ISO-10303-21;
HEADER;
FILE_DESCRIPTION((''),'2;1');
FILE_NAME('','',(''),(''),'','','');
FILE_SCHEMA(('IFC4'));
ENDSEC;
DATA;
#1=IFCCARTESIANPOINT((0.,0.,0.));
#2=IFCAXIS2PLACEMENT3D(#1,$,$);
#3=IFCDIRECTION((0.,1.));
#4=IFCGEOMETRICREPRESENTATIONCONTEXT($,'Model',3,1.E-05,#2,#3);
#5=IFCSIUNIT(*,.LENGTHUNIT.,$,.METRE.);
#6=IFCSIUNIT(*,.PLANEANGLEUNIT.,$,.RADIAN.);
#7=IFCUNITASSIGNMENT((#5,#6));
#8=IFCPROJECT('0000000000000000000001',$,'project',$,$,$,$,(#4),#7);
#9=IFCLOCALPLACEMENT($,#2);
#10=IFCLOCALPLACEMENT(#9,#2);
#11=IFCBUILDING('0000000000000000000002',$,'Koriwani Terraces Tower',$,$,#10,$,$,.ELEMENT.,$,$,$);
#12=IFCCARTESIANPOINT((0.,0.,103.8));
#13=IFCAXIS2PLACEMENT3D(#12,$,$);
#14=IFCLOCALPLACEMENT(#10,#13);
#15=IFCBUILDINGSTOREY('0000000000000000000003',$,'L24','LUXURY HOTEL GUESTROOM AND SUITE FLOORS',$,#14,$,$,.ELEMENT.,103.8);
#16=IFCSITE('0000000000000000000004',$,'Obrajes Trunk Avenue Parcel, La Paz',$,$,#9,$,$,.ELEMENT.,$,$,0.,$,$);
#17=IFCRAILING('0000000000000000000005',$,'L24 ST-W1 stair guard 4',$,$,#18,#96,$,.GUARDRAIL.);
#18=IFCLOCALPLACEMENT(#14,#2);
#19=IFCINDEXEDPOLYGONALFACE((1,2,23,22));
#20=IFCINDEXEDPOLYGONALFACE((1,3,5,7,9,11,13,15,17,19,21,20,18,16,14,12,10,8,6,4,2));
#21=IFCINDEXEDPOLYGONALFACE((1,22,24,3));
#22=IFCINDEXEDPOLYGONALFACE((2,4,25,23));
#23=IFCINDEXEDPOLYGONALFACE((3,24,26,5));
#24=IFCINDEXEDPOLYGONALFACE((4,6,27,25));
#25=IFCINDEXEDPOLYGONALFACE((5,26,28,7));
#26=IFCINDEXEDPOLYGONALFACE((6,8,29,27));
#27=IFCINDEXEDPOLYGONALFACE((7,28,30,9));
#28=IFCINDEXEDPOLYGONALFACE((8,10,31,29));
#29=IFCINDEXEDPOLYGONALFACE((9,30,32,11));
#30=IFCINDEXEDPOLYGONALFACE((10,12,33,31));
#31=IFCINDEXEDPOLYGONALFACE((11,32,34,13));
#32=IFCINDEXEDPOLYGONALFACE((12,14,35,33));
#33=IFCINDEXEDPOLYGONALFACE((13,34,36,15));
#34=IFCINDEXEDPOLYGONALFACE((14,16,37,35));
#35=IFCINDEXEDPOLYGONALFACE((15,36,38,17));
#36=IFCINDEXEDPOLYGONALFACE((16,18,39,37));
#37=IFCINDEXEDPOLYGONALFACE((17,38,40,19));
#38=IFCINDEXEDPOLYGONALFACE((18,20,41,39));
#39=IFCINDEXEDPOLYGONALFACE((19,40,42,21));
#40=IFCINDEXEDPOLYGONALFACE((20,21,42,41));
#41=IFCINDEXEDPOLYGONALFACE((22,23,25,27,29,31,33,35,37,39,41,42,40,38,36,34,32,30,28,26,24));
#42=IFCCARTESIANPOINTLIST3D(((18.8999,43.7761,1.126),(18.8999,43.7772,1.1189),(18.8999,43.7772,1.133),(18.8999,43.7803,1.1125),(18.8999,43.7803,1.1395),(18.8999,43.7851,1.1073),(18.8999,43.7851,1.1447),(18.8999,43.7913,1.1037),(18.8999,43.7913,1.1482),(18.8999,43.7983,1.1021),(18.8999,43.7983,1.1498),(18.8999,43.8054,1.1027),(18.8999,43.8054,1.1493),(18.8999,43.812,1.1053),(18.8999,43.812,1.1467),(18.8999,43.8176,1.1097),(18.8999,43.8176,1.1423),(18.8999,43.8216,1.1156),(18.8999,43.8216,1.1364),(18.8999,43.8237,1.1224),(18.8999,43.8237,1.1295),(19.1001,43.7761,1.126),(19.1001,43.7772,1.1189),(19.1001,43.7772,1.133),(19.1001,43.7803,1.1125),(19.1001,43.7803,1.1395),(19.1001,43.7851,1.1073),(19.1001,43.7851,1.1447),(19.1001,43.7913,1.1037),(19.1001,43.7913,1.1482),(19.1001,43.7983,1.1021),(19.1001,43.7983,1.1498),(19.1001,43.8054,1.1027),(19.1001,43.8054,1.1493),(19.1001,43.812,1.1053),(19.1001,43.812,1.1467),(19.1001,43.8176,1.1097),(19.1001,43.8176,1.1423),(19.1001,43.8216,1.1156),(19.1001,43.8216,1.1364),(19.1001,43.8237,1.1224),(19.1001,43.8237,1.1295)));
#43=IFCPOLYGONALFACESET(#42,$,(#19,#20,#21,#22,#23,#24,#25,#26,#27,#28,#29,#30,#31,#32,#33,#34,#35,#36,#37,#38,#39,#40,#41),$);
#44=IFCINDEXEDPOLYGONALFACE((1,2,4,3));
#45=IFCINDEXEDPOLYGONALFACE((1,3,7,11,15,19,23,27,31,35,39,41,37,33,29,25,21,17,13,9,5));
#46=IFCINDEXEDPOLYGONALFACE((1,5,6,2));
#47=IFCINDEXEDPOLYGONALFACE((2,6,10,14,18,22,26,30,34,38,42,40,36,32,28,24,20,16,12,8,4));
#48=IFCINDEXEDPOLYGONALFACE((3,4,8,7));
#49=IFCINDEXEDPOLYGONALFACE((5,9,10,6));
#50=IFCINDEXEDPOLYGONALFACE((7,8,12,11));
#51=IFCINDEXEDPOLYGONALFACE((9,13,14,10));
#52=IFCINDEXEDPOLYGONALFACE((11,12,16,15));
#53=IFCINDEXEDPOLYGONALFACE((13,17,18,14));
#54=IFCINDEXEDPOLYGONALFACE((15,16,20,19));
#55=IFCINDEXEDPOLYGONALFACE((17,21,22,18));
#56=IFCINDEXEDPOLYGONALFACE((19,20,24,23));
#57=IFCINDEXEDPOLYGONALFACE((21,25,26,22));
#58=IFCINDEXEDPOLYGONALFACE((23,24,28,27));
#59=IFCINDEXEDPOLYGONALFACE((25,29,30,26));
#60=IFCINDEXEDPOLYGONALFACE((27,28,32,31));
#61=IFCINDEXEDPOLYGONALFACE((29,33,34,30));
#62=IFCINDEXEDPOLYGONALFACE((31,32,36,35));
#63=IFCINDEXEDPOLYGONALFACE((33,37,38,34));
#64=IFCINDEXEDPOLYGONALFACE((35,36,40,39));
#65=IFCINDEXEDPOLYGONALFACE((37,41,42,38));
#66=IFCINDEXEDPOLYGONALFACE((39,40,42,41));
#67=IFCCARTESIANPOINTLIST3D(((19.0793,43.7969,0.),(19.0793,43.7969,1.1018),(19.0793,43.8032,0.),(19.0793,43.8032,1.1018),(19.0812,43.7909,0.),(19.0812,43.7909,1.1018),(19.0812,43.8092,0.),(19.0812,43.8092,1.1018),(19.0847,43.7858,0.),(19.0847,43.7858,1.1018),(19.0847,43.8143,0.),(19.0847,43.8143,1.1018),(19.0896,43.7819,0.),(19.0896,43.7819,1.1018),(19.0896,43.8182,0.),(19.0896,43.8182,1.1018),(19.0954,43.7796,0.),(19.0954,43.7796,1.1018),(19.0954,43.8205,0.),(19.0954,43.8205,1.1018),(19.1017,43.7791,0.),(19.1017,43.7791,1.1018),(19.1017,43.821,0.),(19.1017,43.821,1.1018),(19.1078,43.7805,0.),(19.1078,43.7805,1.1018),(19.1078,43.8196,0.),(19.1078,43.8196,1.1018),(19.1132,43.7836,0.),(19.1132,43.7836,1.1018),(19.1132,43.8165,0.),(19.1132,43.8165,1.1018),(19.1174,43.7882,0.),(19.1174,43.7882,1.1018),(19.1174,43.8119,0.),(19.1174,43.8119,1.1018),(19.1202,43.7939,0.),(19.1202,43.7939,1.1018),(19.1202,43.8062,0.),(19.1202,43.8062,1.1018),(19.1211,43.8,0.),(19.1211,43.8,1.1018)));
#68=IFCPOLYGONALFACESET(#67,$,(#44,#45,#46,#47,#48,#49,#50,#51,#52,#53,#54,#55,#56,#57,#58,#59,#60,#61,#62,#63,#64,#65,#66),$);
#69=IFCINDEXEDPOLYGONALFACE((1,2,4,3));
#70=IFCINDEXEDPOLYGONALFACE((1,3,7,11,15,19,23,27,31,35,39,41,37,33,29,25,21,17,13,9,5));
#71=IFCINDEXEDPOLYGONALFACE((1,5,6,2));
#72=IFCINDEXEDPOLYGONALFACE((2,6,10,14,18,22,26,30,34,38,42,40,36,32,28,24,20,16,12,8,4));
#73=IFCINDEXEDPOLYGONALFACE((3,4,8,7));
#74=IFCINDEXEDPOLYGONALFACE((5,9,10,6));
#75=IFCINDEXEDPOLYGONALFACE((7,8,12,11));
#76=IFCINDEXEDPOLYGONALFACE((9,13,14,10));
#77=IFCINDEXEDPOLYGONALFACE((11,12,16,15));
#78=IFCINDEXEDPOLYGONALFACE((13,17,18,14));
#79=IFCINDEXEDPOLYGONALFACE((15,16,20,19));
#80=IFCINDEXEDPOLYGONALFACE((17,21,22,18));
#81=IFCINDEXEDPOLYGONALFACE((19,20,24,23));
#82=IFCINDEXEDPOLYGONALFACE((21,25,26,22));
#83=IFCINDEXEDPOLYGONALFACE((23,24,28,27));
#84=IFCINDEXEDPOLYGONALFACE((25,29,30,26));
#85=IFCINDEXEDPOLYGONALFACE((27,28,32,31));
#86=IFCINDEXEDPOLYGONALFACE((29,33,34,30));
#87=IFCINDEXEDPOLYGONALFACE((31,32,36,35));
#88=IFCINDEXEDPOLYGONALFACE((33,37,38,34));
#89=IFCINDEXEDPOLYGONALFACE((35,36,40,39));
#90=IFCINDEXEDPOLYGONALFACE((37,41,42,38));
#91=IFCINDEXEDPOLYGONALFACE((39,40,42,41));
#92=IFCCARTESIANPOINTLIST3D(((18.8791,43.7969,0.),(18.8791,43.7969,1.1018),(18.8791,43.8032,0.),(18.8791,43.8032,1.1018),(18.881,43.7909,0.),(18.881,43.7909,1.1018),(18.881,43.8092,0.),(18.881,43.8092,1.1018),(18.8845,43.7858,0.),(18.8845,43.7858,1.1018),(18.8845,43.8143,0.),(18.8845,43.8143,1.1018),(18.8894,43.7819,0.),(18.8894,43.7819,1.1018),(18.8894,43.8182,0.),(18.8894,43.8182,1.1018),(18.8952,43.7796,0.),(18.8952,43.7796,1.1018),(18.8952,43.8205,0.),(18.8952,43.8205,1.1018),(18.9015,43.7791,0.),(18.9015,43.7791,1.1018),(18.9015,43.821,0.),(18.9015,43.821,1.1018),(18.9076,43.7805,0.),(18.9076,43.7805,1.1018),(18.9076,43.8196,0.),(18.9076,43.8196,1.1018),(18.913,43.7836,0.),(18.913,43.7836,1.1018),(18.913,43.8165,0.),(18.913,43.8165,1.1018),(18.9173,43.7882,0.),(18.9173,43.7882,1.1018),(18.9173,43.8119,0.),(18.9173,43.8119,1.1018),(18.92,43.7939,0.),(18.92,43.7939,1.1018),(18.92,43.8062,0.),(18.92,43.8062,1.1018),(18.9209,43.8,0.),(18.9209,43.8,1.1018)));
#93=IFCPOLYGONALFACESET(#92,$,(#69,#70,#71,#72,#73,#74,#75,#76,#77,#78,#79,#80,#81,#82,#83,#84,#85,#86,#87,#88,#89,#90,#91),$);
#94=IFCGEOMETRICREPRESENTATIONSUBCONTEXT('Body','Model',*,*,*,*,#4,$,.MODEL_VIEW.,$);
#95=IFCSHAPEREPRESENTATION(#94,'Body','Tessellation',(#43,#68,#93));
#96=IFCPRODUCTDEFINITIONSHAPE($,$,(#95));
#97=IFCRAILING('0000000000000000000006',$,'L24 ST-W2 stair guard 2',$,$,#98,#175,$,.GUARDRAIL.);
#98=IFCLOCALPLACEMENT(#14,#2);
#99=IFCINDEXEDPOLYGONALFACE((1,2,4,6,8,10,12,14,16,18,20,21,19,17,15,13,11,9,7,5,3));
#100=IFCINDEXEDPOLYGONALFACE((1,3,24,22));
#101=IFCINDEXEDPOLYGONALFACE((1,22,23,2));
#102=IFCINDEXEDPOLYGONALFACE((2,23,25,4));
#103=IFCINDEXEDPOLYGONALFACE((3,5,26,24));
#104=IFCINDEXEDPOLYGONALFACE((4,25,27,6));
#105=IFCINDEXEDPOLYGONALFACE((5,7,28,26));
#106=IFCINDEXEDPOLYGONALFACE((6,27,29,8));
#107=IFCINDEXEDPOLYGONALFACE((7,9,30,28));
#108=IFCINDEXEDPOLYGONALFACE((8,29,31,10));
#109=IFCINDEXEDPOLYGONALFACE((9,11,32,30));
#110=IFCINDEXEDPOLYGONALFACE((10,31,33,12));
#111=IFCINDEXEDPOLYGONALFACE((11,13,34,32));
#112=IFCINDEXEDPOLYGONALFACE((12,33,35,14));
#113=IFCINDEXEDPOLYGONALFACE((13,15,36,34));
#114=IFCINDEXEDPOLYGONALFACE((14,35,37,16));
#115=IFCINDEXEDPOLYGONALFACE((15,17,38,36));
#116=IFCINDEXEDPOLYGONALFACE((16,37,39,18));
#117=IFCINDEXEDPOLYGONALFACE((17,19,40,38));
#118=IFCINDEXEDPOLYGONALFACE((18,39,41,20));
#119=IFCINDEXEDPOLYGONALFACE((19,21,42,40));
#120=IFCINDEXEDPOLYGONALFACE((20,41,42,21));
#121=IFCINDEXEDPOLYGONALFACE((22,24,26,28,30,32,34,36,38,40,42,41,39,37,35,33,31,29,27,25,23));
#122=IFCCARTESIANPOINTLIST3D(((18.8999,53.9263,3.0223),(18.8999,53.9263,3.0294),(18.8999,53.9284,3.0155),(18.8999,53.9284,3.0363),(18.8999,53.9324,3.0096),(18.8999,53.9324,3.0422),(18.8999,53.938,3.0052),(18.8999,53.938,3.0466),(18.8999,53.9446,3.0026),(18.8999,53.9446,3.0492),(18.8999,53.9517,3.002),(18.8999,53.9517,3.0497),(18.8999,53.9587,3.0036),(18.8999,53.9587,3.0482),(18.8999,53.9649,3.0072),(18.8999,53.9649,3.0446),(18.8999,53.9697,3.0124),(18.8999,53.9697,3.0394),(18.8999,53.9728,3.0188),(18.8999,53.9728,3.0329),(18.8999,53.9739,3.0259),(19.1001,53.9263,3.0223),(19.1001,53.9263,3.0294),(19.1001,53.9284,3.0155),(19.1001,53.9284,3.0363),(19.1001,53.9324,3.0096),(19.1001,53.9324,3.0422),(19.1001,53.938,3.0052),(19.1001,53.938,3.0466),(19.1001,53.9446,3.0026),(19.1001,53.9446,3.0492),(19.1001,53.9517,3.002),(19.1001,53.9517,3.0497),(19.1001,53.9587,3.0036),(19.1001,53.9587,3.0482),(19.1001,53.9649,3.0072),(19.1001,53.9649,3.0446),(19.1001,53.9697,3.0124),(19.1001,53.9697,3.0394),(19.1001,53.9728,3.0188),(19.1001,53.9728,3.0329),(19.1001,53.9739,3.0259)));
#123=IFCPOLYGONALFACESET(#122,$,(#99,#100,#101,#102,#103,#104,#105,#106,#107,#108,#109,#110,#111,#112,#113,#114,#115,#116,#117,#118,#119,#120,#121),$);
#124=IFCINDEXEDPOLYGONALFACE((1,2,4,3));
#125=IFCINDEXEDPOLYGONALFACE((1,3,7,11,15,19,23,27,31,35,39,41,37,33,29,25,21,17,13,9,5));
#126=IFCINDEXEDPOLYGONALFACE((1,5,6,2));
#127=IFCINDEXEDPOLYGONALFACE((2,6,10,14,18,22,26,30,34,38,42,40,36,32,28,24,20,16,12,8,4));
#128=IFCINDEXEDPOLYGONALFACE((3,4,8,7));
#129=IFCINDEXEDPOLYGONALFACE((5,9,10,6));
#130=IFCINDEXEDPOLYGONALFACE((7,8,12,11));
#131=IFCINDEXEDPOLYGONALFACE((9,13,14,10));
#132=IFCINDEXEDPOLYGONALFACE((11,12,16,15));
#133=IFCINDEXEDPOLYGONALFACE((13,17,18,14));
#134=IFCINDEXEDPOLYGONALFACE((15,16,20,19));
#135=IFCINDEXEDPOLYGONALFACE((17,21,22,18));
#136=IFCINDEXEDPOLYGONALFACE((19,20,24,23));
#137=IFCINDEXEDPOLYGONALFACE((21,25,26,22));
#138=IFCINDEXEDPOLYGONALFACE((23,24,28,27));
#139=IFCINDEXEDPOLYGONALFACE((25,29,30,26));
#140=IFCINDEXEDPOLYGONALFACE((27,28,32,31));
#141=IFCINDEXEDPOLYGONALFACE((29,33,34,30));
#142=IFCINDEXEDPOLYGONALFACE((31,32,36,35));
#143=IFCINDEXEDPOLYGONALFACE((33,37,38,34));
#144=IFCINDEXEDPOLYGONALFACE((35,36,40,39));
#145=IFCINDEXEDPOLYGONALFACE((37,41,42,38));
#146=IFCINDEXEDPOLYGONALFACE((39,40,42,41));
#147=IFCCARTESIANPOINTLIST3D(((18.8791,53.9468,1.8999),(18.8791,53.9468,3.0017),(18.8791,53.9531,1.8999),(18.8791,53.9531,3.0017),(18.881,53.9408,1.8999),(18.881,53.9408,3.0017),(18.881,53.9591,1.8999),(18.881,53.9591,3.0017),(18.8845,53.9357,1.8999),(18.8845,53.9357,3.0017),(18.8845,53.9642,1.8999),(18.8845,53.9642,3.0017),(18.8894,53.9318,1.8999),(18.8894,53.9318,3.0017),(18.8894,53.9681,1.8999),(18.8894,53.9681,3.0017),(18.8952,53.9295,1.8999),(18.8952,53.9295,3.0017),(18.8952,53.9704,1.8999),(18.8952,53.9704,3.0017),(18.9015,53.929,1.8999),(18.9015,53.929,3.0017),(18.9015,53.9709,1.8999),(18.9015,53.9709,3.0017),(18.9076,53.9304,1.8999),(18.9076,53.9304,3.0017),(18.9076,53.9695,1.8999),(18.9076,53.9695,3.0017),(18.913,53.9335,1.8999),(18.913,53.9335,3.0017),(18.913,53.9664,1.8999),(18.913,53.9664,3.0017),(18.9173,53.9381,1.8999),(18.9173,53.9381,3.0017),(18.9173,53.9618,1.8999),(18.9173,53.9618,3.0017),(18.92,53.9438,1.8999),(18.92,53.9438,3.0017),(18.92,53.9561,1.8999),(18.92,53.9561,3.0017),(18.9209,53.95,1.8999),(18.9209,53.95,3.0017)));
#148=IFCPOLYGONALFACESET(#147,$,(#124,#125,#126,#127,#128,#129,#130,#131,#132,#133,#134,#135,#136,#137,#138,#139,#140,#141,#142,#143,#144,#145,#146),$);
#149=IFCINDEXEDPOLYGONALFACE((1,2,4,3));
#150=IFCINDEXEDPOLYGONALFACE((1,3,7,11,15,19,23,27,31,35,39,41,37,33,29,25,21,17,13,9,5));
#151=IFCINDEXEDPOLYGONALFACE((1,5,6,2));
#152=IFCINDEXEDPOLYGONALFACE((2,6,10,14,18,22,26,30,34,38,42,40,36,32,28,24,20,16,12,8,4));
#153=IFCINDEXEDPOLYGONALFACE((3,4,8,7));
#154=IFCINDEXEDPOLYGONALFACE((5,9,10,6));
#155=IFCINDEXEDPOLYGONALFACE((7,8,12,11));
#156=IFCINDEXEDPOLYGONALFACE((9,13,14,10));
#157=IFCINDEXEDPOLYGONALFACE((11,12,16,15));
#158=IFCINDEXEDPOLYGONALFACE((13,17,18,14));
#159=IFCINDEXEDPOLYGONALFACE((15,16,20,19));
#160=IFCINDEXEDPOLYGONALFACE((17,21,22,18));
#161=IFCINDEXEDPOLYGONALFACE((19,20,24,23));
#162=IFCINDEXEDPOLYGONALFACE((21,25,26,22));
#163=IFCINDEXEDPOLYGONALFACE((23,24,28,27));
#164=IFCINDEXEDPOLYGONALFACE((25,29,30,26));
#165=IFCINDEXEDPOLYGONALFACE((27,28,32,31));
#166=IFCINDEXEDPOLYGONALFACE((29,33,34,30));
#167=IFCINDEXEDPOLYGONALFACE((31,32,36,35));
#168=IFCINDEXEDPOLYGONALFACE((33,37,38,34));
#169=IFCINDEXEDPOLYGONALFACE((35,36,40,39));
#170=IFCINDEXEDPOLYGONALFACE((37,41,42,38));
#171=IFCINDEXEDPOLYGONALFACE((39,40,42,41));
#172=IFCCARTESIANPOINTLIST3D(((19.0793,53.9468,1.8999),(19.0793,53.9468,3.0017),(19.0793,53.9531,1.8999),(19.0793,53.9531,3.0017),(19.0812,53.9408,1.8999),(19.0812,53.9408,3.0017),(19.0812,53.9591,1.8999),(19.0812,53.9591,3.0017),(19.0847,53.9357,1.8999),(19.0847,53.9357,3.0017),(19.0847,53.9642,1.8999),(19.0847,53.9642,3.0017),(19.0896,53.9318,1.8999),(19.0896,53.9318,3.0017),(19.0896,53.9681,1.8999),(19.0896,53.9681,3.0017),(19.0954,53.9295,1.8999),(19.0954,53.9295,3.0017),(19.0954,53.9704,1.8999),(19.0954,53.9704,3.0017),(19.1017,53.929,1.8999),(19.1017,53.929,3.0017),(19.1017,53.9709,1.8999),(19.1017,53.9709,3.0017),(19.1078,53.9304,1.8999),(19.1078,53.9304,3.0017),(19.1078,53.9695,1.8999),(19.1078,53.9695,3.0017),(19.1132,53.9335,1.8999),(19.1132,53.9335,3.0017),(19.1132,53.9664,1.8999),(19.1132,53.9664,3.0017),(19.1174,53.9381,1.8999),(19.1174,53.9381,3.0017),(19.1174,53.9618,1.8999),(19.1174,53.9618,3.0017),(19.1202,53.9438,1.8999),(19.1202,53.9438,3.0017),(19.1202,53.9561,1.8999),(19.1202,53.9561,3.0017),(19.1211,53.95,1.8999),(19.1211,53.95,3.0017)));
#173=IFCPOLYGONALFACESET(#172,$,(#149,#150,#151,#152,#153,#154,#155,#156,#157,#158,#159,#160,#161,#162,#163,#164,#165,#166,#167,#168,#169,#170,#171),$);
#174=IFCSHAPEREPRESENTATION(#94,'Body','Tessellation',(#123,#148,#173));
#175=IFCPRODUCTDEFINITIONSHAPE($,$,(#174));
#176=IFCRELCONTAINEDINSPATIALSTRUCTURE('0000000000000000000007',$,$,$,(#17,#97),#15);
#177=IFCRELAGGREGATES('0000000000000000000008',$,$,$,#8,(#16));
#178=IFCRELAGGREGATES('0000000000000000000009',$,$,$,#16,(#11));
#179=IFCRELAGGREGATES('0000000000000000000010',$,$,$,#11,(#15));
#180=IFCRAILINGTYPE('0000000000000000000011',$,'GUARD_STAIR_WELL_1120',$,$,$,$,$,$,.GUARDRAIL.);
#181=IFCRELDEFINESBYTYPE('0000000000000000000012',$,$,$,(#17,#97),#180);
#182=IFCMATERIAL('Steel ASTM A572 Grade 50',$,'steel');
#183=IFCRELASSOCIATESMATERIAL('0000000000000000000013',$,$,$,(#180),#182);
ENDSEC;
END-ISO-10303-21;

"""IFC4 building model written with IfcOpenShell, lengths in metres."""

from ifc_helpers import new_model, si_unit, direction, frame, origin, origin_2d, place, context, subcontext, project, spatial, circle, extrude, material, type_object, element, save


model = new_model("IFC4")

# Units and contexts
model_context = context("Model", 3, precision=1e-05, world=origin(), true_north=direction((0.0, 1.0)))
body_context = subcontext(model_context, "Body", "Model", "MODEL_VIEW")
ifc_project = project(units=[si_unit("LENGTHUNIT", "METRE"), si_unit("PLANEANGLEUNIT", "RADIAN")], contexts=[model_context])

# Site, building, storey
site_placement = place(None, origin())
site = spatial("IfcSite", under=ifc_project, at=site_placement, Name="Obrajes Trunk Avenue Parcel, La Paz", CompositionType="ELEMENT", RefElevation=0.0)
building_placement = place(site_placement, origin())
building = spatial("IfcBuilding", under=site, at=building_placement, Name="Koriwani Terraces Tower", CompositionType="ELEMENT")
storey_placement = place(building_placement, frame((0.0, 0.0, 103.8)))
storey = spatial("IfcBuildingStorey", under=building, at=storey_placement, Name="L24", Description="LUXURY HOTEL GUESTROOM AND SUITE FLOORS", CompositionType="ELEMENT", Elevation=103.8)

# Shared definitions
ifc_material_1 = material(Name="Steel ASTM A572 Grade 50", Category="steel")

# Railings
railing_type_1 = type_object("IfcRailingType", Name="GUARD_STAIR_WELL_1120", PredefinedType="GUARDRAIL", material=ifc_material_1)
railing_1_placement = place(storey_placement, frame((19.1001, 43.8, 0.0)))
element("IfcRailing", 1, at=railing_1_placement, inside=storey, type_object=railing_type_1, Name="L24 ST-W1 stair guard 4", PredefinedType="GUARDRAIL", context=body_context, shape_type="SweptSolid", body=[
    extrude(circle(Radius=0.0239, at=origin_2d()), frame((0.0, 0.0, 1.126), z_axis=(-1.0, 0.0, 0.0), x_axis=(0.0, -1.0, 0.0)), (0.0, 0.0, 1.0), 0.2002),
    extrude(circle(Radius=0.021, at=origin_2d()), origin(), (0.0, 0.0, 1.0), 1.1018),
    extrude(circle(Radius=0.021, at=origin_2d()), frame((-0.2002, 0.0, 0.0)), (0.0, 0.0, 1.0), 1.1018),
])
railing_2_placement = place(storey_placement, frame((18.8999, 53.95, 1.8999)))
element("IfcRailing", 2, at=railing_2_placement, inside=storey, type_object=railing_type_1, Name="L24 ST-W2 stair guard 2", PredefinedType="GUARDRAIL", context=body_context, shape_type="SweptSolid", body=[
    extrude(circle(Radius=0.0239, at=origin_2d()), frame((0.0, 0.0, 1.126), z_axis=(1.0, 0.0, 0.0), x_axis=(0.0, 1.0, 0.0)), (0.0, 0.0, 1.0), 0.2002),
    extrude(circle(Radius=0.021, at=origin_2d()), origin(), (0.0, 0.0, 1.0), 1.1018),
    extrude(circle(Radius=0.021, at=origin_2d()), frame((0.2002, 0.0, 0.0)), (0.0, 0.0, 1.0), 1.1018),
])

save(model, "model.ifc")
